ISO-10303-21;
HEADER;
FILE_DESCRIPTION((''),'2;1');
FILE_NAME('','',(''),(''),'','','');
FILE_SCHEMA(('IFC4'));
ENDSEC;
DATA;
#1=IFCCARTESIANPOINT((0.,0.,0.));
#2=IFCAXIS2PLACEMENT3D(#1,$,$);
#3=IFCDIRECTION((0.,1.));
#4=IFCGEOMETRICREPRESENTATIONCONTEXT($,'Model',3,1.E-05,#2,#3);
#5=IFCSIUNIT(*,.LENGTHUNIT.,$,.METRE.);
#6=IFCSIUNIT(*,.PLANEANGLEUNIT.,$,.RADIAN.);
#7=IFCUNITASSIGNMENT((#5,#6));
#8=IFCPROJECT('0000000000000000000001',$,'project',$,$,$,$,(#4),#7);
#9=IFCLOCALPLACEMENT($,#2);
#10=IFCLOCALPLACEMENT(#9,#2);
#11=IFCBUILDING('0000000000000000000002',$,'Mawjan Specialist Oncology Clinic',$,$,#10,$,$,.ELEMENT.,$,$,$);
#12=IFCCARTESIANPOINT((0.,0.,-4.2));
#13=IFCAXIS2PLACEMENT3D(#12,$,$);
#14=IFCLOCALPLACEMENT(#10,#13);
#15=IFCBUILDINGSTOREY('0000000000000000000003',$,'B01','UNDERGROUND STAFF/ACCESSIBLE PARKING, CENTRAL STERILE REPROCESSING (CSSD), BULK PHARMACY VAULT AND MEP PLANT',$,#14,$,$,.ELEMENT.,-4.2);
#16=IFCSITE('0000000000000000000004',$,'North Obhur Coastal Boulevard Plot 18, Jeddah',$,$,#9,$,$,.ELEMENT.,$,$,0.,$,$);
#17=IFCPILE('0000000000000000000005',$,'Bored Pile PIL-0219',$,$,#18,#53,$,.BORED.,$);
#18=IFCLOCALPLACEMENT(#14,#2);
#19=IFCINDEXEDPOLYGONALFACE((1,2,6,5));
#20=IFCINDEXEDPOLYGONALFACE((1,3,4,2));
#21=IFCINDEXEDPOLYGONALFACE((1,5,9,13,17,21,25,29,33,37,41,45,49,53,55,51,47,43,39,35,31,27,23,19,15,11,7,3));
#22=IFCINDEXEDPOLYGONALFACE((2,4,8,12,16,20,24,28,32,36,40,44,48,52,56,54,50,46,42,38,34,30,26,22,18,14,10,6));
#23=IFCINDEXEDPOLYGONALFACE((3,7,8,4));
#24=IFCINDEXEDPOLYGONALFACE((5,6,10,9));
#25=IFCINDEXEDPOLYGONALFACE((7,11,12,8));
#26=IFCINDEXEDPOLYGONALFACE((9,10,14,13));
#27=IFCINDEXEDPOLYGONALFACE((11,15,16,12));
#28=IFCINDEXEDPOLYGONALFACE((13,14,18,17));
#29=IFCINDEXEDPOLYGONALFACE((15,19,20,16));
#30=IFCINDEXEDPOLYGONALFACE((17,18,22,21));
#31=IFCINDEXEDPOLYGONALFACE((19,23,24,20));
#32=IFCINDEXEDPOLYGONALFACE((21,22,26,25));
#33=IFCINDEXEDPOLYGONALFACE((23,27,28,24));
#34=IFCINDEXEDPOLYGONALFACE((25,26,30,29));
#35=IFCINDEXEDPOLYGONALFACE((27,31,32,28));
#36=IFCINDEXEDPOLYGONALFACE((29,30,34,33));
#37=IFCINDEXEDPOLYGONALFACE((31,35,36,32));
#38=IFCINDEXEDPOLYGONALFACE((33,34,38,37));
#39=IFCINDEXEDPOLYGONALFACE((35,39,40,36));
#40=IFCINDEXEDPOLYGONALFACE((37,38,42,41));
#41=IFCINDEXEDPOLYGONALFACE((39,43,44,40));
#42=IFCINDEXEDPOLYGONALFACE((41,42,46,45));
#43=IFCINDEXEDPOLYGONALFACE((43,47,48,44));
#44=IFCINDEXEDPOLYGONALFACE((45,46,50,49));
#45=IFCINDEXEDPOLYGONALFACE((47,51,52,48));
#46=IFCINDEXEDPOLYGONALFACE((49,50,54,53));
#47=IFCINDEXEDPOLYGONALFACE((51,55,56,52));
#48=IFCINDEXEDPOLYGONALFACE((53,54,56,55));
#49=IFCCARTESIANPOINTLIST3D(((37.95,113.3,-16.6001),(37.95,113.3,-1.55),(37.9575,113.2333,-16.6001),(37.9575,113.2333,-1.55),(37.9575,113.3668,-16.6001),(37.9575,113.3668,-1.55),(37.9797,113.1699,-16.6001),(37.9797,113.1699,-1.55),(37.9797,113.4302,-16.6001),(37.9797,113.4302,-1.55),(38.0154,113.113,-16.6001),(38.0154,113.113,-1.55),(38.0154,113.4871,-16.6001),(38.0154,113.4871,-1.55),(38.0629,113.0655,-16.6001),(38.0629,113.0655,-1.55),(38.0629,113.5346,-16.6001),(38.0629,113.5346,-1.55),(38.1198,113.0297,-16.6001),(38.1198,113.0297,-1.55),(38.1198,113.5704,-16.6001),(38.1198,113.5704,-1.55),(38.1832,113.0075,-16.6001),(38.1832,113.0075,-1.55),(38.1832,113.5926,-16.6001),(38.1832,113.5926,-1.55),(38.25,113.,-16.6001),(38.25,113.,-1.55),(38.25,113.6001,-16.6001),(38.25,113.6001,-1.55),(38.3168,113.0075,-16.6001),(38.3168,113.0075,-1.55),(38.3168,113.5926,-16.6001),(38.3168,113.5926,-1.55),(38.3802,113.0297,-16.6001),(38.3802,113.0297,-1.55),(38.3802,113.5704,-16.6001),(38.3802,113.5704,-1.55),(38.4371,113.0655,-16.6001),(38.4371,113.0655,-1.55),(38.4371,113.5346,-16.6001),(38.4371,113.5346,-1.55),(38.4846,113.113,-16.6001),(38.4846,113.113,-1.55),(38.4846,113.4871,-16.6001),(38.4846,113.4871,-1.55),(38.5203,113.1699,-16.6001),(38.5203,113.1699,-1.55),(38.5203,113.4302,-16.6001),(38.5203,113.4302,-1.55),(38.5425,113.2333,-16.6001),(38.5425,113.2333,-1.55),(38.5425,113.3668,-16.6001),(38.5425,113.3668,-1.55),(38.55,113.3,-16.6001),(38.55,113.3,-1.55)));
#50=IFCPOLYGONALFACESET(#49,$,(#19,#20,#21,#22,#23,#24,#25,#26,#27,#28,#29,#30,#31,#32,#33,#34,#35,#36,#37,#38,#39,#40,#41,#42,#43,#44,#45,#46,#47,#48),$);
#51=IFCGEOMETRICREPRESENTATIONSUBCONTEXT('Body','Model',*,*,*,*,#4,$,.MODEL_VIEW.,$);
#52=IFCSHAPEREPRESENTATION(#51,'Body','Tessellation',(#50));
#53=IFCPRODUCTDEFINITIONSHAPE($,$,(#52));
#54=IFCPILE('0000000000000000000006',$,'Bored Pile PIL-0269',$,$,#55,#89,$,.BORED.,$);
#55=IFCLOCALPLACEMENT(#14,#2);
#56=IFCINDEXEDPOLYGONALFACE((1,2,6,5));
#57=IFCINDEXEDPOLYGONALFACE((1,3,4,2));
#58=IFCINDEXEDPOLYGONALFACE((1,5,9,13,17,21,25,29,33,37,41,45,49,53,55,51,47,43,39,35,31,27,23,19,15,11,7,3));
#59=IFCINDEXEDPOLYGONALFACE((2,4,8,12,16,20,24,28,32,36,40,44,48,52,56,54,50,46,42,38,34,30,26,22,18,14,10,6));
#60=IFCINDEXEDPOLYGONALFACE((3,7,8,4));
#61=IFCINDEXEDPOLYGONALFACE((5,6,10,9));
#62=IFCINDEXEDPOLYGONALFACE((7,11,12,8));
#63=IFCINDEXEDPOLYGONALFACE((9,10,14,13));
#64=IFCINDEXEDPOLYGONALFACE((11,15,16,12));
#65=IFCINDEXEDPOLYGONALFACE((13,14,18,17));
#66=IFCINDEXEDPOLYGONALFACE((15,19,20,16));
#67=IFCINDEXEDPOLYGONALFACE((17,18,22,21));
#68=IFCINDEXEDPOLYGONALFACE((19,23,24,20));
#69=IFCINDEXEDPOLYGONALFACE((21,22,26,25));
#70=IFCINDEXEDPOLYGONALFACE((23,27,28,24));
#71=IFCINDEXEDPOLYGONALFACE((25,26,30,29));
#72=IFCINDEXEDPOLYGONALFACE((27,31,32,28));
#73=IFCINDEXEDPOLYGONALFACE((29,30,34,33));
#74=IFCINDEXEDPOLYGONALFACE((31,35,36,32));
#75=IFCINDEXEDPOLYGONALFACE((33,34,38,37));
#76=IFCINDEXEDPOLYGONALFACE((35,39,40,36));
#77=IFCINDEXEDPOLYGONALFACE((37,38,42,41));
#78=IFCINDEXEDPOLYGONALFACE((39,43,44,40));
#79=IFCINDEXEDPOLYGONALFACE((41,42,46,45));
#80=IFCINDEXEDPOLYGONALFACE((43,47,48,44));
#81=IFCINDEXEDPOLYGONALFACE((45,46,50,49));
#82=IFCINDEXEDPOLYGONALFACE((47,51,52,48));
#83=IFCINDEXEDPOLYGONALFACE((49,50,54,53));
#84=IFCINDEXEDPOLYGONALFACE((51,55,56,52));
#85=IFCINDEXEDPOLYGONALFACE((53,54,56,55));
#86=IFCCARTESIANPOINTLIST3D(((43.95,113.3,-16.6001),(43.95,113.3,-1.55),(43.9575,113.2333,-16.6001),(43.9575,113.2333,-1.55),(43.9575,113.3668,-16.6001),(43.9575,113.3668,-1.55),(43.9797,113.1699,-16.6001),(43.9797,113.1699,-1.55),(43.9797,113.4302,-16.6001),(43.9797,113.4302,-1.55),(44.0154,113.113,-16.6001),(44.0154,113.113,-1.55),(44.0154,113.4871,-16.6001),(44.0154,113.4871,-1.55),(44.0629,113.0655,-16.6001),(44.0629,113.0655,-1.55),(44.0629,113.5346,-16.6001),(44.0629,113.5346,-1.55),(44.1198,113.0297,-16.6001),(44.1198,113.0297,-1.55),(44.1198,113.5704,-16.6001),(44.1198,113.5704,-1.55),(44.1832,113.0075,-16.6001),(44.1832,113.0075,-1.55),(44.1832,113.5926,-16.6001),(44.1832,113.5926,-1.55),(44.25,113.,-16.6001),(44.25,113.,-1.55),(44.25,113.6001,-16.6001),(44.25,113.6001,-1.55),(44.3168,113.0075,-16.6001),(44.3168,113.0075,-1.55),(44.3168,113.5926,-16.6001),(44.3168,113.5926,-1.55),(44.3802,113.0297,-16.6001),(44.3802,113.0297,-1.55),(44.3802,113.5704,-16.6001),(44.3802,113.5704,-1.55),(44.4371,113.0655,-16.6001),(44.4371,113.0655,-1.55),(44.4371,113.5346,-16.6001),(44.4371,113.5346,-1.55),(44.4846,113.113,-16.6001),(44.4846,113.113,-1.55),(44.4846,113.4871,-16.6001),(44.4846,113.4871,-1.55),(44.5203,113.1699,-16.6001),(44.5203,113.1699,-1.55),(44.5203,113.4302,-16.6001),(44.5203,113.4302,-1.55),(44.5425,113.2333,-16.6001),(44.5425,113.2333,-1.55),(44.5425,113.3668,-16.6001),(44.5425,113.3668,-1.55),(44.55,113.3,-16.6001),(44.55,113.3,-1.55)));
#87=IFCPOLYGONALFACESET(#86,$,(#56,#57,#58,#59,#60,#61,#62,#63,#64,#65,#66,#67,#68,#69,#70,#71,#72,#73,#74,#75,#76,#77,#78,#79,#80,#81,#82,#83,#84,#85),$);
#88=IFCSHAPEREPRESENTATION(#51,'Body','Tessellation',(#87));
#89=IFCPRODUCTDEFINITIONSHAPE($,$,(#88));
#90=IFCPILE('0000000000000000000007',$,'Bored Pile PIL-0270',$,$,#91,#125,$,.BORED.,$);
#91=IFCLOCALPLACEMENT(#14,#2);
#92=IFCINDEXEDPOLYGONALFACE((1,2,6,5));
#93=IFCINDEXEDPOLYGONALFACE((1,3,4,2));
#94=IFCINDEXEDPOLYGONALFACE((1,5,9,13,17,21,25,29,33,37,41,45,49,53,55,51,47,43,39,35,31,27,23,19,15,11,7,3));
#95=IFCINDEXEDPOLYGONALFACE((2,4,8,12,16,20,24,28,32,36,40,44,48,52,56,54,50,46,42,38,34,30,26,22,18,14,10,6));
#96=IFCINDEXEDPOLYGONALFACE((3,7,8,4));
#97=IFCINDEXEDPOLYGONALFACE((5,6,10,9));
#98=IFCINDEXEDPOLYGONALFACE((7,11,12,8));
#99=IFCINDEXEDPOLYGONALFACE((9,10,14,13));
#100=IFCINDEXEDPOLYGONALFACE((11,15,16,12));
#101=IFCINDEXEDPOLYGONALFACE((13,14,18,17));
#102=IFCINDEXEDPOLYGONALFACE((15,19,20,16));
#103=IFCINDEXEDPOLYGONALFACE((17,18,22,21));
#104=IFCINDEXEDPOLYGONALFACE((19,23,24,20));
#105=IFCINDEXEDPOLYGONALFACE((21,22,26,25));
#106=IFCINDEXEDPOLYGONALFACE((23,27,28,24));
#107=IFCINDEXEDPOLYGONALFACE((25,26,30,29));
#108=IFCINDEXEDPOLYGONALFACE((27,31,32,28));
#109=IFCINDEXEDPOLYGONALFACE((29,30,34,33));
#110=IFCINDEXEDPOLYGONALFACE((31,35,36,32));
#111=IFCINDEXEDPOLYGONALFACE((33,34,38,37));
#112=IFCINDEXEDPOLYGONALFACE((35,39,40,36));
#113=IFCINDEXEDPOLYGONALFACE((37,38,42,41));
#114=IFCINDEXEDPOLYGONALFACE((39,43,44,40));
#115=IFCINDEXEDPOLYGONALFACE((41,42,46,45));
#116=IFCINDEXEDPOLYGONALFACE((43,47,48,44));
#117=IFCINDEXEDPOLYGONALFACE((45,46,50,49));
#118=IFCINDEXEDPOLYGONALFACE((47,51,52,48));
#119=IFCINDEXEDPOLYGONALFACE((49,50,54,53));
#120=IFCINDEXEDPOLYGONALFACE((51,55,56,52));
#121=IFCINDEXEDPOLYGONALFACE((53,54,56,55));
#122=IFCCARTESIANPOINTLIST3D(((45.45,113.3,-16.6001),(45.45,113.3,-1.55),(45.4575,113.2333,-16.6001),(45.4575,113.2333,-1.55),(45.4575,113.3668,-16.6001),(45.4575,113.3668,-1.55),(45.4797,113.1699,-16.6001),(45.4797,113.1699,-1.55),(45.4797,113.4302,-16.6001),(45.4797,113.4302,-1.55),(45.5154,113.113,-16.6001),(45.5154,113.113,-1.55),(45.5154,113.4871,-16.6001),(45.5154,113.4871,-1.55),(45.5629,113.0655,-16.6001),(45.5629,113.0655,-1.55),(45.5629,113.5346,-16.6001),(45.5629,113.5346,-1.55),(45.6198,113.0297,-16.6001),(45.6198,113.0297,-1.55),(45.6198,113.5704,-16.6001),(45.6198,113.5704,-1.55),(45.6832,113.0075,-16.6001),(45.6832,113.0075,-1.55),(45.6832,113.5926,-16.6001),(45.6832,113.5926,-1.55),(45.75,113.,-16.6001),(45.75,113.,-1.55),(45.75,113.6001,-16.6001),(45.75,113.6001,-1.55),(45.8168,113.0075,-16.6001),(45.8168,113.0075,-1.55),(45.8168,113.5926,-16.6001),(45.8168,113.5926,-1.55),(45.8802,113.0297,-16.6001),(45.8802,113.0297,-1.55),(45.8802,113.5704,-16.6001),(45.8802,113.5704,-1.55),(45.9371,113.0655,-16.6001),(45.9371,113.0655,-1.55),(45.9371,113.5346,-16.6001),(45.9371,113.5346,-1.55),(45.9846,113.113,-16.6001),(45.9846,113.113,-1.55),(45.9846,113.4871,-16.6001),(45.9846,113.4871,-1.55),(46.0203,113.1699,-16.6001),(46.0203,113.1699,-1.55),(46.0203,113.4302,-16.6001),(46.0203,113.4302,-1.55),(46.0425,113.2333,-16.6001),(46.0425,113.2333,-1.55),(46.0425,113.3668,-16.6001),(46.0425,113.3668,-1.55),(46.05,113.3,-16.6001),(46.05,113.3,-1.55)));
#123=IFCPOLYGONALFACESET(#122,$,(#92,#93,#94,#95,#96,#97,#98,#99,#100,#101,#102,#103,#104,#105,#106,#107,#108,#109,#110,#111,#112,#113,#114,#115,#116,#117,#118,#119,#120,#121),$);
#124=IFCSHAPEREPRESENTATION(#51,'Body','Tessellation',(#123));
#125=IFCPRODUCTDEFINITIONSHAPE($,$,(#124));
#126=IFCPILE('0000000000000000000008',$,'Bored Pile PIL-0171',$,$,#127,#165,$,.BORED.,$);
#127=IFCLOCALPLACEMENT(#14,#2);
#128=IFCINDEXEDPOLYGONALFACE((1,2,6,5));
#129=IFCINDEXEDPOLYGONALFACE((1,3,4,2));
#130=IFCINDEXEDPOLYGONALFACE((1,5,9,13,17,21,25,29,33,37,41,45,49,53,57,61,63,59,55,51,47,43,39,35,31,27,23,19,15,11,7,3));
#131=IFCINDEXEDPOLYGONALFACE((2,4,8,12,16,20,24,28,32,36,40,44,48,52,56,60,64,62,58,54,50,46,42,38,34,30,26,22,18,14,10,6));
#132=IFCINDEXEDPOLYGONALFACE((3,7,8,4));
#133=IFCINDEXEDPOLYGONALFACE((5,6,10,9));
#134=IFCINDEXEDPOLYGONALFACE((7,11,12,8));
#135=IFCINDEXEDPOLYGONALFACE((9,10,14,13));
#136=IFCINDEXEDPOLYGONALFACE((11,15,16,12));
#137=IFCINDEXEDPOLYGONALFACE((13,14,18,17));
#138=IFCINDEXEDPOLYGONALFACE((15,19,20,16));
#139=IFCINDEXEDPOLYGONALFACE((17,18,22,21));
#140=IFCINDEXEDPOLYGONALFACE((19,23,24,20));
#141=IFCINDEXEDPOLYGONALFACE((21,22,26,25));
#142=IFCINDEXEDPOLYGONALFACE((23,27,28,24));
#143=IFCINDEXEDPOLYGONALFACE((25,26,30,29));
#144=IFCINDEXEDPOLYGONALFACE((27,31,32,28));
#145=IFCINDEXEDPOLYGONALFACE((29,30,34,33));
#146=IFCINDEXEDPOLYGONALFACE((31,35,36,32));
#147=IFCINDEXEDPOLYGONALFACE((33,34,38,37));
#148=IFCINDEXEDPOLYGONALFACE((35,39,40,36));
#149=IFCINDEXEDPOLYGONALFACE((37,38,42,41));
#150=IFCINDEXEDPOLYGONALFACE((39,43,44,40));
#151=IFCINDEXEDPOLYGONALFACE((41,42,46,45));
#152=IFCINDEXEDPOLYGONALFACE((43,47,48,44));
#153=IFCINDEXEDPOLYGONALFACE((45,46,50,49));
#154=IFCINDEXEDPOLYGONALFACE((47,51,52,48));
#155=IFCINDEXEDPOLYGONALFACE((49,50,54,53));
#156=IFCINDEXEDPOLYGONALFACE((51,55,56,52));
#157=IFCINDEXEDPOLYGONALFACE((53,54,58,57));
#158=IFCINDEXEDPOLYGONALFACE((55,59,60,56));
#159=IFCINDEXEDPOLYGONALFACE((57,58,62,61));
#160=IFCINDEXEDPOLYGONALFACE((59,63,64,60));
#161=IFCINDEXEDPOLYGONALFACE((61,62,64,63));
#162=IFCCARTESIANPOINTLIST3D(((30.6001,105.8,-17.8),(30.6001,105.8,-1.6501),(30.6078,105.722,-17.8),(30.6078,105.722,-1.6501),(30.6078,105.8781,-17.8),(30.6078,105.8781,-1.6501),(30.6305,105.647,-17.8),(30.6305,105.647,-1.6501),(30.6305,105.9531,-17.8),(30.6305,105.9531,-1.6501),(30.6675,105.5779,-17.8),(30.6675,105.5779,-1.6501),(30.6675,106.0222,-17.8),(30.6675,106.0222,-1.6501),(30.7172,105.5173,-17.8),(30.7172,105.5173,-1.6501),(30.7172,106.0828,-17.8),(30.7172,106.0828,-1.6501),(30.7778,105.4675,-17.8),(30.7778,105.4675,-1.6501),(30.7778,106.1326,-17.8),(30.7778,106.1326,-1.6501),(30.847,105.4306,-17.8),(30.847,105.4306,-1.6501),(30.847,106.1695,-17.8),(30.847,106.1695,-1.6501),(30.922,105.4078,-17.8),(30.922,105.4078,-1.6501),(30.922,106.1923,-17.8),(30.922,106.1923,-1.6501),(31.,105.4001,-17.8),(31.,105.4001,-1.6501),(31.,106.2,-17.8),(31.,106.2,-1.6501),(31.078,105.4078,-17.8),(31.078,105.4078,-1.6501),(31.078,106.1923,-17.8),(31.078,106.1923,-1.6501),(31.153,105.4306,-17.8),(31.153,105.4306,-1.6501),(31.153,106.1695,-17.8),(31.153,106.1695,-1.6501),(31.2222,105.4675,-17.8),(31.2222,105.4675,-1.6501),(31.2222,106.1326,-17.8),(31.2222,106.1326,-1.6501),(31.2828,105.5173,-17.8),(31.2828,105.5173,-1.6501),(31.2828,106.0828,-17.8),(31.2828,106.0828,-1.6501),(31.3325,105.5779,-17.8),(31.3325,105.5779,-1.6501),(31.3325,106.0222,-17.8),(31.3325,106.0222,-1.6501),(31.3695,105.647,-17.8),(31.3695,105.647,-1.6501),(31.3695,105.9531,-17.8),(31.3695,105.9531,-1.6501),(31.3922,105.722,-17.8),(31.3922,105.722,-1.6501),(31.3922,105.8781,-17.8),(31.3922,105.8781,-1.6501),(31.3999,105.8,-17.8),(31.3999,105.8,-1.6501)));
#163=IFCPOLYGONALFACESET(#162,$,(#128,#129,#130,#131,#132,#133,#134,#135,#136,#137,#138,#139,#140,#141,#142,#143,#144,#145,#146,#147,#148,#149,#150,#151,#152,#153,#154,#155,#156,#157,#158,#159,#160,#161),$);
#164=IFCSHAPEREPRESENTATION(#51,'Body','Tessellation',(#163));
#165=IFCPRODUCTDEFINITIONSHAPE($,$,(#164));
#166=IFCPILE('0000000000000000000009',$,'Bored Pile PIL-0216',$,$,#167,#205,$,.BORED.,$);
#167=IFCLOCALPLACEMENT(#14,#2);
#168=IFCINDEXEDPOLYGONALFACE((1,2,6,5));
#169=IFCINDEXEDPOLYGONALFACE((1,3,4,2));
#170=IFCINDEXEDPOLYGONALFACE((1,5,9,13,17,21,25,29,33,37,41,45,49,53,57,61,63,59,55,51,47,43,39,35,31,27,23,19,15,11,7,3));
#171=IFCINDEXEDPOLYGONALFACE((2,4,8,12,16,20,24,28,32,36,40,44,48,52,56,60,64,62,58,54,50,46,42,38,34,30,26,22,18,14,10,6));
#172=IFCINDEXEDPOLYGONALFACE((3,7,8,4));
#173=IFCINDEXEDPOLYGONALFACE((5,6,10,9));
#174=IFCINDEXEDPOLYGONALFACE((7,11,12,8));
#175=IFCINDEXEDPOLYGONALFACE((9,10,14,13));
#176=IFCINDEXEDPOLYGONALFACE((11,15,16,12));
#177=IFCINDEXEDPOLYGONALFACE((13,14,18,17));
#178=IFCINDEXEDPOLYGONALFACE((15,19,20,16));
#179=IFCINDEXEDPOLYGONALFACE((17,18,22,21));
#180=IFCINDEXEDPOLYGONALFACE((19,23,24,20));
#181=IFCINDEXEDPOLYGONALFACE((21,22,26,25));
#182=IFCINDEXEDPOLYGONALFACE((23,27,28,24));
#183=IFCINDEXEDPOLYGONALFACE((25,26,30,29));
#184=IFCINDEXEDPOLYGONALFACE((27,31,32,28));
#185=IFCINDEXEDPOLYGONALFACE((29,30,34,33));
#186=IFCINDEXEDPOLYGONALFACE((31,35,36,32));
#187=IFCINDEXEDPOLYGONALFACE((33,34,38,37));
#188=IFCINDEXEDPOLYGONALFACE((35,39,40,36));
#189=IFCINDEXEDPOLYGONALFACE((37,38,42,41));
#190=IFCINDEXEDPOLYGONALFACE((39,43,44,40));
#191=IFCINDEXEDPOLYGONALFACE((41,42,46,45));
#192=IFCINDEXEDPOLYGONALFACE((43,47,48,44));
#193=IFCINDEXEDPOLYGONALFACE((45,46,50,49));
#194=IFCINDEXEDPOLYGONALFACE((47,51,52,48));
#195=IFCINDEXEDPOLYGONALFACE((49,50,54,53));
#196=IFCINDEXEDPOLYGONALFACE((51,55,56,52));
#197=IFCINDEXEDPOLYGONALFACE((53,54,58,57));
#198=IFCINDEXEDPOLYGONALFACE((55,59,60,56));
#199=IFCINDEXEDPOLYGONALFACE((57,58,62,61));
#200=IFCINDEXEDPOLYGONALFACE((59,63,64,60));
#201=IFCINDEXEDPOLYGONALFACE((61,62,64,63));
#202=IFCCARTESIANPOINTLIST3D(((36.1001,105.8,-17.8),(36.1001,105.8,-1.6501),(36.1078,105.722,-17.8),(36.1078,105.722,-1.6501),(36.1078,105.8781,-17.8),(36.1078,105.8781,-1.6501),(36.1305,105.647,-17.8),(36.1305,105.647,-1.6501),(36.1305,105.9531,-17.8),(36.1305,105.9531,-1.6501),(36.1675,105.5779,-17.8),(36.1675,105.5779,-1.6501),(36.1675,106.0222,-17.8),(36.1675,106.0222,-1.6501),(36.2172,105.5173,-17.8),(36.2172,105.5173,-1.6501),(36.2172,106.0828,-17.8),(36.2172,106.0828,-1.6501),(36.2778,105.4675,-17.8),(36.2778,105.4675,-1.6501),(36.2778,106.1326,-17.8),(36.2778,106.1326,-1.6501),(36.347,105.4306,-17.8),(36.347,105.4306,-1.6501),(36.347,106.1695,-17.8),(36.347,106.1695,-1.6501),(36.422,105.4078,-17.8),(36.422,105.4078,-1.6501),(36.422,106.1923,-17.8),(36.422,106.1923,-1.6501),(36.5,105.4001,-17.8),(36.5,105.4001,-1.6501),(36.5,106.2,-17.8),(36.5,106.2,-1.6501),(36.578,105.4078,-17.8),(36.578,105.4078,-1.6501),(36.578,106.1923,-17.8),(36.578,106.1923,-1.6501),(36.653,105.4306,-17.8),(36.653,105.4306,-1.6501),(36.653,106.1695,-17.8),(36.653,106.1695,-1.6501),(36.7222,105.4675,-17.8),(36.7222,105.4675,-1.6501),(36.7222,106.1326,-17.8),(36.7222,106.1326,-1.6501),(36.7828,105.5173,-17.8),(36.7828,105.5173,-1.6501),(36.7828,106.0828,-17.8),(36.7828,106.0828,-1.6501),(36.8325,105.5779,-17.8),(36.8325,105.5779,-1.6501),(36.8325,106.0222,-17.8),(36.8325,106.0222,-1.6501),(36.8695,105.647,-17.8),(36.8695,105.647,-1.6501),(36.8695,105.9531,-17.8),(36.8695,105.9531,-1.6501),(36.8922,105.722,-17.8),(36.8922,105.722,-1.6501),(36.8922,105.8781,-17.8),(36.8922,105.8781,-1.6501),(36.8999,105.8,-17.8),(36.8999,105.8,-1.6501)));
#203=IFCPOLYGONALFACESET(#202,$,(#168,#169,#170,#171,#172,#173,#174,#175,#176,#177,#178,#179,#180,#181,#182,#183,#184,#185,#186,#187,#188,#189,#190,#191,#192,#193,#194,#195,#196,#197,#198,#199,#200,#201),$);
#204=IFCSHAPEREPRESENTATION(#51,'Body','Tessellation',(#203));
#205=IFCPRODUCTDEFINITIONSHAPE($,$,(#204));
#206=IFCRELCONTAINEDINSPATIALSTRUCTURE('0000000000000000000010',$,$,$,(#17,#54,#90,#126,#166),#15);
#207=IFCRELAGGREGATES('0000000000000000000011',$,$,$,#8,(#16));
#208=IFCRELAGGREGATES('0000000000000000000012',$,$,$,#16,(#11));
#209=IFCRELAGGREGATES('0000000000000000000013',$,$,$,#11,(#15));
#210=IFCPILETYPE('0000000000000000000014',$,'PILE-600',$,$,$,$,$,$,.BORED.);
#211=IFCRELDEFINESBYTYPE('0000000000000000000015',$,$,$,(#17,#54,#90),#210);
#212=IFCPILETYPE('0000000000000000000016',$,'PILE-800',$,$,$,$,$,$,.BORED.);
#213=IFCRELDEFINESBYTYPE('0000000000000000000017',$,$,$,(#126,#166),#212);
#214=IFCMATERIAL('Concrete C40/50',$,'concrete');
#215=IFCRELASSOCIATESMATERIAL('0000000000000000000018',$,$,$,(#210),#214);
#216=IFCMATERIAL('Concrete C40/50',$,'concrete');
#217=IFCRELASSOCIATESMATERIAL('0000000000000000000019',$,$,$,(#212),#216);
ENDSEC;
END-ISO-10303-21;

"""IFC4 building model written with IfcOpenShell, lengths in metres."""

from ifc_helpers import new_model, si_unit, direction, frame, origin, origin_2d, place, context, subcontext, project, spatial, circle, extrude, material, material_profile, profile_set, type_object, element, save


model = new_model("IFC4")

# Units and contexts
model_context = context("Model", 3, precision=1e-05, world=origin(), true_north=direction((0.0, 1.0)))
body_context = subcontext(model_context, "Body", "Model", "MODEL_VIEW")
ifc_project = project(units=[si_unit("LENGTHUNIT", "METRE"), si_unit("PLANEANGLEUNIT", "RADIAN")], contexts=[model_context])

# Site, building, storey
site_placement = place(None, origin())
site = spatial("IfcSite", under=ifc_project, at=site_placement, Name="North Obhur Coastal Boulevard Plot 18, Jeddah", CompositionType="ELEMENT", RefElevation=0.0)
building_placement = place(site_placement, origin())
building = spatial("IfcBuilding", under=site, at=building_placement, Name="Mawjan Specialist Oncology Clinic", CompositionType="ELEMENT")
storey_placement = place(building_placement, frame((0.0, 0.0, -4.2)))
storey = spatial("IfcBuildingStorey", under=building, at=storey_placement, Name="B01", Description="UNDERGROUND STAFF/ACCESSIBLE PARKING, CENTRAL STERILE REPROCESSING (CSSD), BULK PHARMACY VAULT AND MEP PLANT", CompositionType="ELEMENT", Elevation=-4.2)

# Piles
ifc_material_1 = material(Name="Concrete C40/50", Category="concrete")
ifc_material_profile_1 = material_profile(ifc_material_1, circle(Radius=0.3, at=origin_2d()), Name="BORED PILE D600", Category="concrete")
ifc_profile_set_1 = profile_set([ifc_material_profile_1], Name="Concrete C40/50")
pile_type_1 = type_object("IfcPileType", Name="PILE-600", PredefinedType="BORED", material=ifc_profile_set_1)
for number, where, z_axis, x_axis, name in (
    (1, (38.25, 113.3, -1.55), (0.0, 0.0, -1.0), (1.0, 0.0, 0.0), "Bored Pile PIL-0219"),
    (2, (44.25, 113.3, -1.55), (0.0, 0.0, -1.0), (1.0, 0.0, 0.0), "Bored Pile PIL-0269"),
    (3, (45.75, 113.3, -1.55), (0.0, 0.0, -1.0), (1.0, 0.0, 0.0), "Bored Pile PIL-0270"),
):
    element("IfcPile", number, at=place(storey_placement, frame(where, z_axis=z_axis, x_axis=x_axis)), inside=storey, type_object=pile_type_1, Name=name, PredefinedType="BORED", context=body_context, shape_type="SweptSolid", body=[
        extrude(circle(Radius=0.3, at=origin_2d()), origin(), (0.0, 0.0, 1.0), 15.05),
    ])
ifc_material_2 = material(Name="Concrete C40/50", Category="concrete")
ifc_material_profile_2 = material_profile(ifc_material_2, circle(Radius=0.3999, at=origin_2d()), Name="BORED PILE D800", Category="concrete")
ifc_profile_set_2 = profile_set([ifc_material_profile_2], Name="Concrete C40/50")
pile_type_2 = type_object("IfcPileType", Name="PILE-800", PredefinedType="BORED", material=ifc_profile_set_2)
for number, where, z_axis, x_axis, name in (
    (4, (31.0, 105.8, -1.6501), (0.0, 0.0, -1.0), (1.0, 0.0, 0.0), "Bored Pile PIL-0171"),
    (5, (36.5, 105.8, -1.6501), (0.0, 0.0, -1.0), (1.0, 0.0, 0.0), "Bored Pile PIL-0216"),
):
    element("IfcPile", number, at=place(storey_placement, frame(where, z_axis=z_axis, x_axis=x_axis)), inside=storey, type_object=pile_type_2, Name=name, PredefinedType="BORED", context=body_context, shape_type="SweptSolid", body=[
        extrude(circle(Radius=0.3999, at=origin_2d()), origin(), (0.0, 0.0, 1.0), 16.1499),
    ])

save(model, "model.ifc")
